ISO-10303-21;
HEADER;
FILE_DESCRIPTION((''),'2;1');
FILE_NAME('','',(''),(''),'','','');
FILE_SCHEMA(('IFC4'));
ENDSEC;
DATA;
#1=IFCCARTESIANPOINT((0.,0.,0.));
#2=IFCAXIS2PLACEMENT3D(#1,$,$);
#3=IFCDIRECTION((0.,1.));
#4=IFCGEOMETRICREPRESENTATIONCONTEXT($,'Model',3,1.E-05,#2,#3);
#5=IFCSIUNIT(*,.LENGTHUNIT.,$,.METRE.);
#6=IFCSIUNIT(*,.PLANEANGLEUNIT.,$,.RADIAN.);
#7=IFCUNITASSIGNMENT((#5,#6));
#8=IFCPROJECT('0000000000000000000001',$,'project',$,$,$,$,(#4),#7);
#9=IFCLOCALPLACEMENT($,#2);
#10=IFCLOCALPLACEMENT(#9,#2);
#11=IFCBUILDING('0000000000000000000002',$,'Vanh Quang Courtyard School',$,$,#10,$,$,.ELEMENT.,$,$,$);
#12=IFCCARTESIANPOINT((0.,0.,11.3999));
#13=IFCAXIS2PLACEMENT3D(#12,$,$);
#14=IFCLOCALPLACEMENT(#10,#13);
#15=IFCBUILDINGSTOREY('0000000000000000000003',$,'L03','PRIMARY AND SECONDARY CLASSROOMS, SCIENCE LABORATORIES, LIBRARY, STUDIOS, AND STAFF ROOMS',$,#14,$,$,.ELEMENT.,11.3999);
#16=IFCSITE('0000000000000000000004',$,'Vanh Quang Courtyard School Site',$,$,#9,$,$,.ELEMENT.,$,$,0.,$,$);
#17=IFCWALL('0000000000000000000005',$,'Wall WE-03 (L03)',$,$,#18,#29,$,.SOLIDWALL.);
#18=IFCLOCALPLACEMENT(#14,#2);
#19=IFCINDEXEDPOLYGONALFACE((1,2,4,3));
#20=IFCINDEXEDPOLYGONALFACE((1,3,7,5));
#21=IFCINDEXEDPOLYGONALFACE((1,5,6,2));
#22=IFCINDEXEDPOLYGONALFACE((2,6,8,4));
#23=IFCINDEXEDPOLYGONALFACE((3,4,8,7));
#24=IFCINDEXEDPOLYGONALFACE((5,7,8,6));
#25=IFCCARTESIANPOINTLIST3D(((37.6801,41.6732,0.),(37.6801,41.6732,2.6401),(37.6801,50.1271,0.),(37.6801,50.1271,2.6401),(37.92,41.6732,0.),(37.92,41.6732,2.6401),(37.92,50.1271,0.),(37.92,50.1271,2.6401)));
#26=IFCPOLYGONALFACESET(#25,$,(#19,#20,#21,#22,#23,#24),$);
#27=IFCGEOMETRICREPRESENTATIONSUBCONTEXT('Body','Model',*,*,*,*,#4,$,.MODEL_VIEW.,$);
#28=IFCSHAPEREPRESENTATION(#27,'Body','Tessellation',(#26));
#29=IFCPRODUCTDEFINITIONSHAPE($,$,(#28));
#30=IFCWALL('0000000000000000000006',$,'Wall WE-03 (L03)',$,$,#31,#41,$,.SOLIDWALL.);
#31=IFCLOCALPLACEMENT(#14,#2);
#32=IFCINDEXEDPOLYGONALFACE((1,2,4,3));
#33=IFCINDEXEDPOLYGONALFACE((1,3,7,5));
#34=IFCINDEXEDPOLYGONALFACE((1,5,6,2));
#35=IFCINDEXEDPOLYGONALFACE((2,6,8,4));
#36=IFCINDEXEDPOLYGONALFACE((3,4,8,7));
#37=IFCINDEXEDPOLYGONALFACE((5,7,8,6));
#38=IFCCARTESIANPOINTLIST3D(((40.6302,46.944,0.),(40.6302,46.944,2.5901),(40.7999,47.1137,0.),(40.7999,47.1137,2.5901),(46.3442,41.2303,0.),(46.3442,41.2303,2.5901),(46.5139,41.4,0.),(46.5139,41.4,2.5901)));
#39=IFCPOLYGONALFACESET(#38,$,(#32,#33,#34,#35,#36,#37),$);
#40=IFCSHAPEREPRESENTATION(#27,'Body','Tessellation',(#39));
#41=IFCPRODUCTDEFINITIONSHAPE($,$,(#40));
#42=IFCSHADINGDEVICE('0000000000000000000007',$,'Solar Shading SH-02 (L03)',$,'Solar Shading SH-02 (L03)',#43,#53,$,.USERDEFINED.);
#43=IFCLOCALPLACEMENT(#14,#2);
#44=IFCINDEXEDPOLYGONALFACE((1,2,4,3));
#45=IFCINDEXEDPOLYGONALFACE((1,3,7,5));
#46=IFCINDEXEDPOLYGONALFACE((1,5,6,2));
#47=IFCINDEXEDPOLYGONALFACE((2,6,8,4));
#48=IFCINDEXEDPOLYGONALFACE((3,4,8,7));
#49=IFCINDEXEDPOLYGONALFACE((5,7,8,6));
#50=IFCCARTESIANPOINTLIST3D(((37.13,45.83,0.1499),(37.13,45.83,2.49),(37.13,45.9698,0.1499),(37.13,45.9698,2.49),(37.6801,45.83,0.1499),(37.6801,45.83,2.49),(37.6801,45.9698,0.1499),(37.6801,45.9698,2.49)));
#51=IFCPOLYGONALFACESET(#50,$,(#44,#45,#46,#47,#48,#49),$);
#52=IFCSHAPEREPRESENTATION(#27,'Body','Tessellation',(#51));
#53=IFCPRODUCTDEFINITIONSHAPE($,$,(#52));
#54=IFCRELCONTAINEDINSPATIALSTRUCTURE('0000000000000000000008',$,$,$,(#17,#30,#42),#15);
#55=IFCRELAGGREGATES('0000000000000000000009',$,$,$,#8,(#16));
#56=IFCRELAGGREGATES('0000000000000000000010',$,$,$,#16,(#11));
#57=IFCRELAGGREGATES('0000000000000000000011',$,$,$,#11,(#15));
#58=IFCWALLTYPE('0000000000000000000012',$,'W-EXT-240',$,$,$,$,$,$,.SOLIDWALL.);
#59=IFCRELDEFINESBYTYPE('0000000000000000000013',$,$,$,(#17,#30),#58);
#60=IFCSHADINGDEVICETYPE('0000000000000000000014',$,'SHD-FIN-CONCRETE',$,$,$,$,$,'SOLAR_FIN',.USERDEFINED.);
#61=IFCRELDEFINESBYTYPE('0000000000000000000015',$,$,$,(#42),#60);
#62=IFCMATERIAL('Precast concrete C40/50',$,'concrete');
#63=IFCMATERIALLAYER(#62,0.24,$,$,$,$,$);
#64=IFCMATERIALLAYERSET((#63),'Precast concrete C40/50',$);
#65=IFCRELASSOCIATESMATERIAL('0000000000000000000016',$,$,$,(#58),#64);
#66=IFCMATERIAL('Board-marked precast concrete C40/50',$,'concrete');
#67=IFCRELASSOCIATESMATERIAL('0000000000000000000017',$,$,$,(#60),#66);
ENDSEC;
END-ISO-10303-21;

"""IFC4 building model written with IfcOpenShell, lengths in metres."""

from ifc_helpers import new_model, si_unit, direction, frame, frame_2d, origin, origin_2d, place, context, subcontext, project, spatial, rectangle, extrude, material, layer, layer_set, type_object, element, save


model = new_model("IFC4")

# Units and contexts
model_context = context("Model", 3, precision=1e-05, world=origin(), true_north=direction((0.0, 1.0)))
body_context = subcontext(model_context, "Body", "Model", "MODEL_VIEW")
ifc_project = project(units=[si_unit("LENGTHUNIT", "METRE"), si_unit("PLANEANGLEUNIT", "RADIAN")], contexts=[model_context])

# Site, building, storey
site_placement = place(None, origin())
site = spatial("IfcSite", under=ifc_project, at=site_placement, Name="Vanh Quang Courtyard School Site", CompositionType="ELEMENT", RefElevation=0.0)
building_placement = place(site_placement, origin())
building = spatial("IfcBuilding", under=site, at=building_placement, Name="Vanh Quang Courtyard School", CompositionType="ELEMENT")
storey_placement = place(building_placement, frame((0.0, 0.0, 11.3999)))
storey = spatial("IfcBuildingStorey", under=building, at=storey_placement, Name="L03", Description="PRIMARY AND SECONDARY CLASSROOMS, SCIENCE LABORATORIES, LIBRARY, STUDIOS, AND STAFF ROOMS", CompositionType="ELEMENT", Elevation=11.3999)

# Walls
ifc_material_1 = material(Name="Precast concrete C40/50", Category="concrete")
ifc_layer_1 = layer(ifc_material_1, 0.24)
ifc_layer_set_1 = layer_set([ifc_layer_1], Name="Precast concrete C40/50")
wall_type = type_object("IfcWallType", Name="W-EXT-240", PredefinedType="SOLIDWALL", material=ifc_layer_set_1)
wall_1_placement = place(storey_placement, frame((37.8, 41.6731, 0.0), z_axis=(0.0, 0.0, 1.0), x_axis=(0.0, 1.0, 0.0)))
element("IfcWall", 1, at=wall_1_placement, inside=storey, type_object=wall_type, Name="Wall WE-03 (L03)", PredefinedType="SOLIDWALL", context=body_context, shape_type="SweptSolid", body=[
    extrude(rectangle(XDim=8.4539, YDim=0.24, at=frame_2d((4.2271, 0.0))), origin(), (0.0, 0.0, 1.0), 2.6401),
])
wall_2_placement = place(storey_placement, frame((40.7151, 47.0288, 0.0), z_axis=(0.0, 0.0, 1.0), x_axis=(0.707122, -0.707092, 0.0)))
element("IfcWall", 2, at=wall_2_placement, inside=storey, type_object=wall_type, Name="Wall WE-03 (L03)", PredefinedType="SOLIDWALL", context=body_context, shape_type="SweptSolid", body=[
    extrude(rectangle(XDim=8.0806, YDim=0.24, at=frame_2d((4.0403, 0.0))), origin(), (0.0, 0.0, 1.0), 2.5901),
])

# Shading device
ifc_material_2 = material(Name="Board-marked precast concrete C40/50", Category="concrete")
shading_device_type = type_object("IfcShadingDeviceType", Name="SHD-FIN-CONCRETE", ElementType="SOLAR_FIN", PredefinedType="USERDEFINED", material=ifc_material_2)
shading_device_placement = place(storey_placement, frame((37.405, 45.8999, 0.1499), z_axis=(0.0, 0.0, 1.0), x_axis=(0.0, 1.0, 0.0)))
element("IfcShadingDevice", 3, at=shading_device_placement, inside=storey, type_object=shading_device_type, Name="Solar Shading SH-02 (L03)", ObjectType="Solar Shading SH-02 (L03)", PredefinedType="USERDEFINED", context=body_context, shape_type="SweptSolid", body=[
    extrude(rectangle(XDim=0.1399, YDim=0.55, at=origin_2d()), origin(), (0.0, 0.0, 1.0), 2.3401),
])

save(model, "model.ifc")
